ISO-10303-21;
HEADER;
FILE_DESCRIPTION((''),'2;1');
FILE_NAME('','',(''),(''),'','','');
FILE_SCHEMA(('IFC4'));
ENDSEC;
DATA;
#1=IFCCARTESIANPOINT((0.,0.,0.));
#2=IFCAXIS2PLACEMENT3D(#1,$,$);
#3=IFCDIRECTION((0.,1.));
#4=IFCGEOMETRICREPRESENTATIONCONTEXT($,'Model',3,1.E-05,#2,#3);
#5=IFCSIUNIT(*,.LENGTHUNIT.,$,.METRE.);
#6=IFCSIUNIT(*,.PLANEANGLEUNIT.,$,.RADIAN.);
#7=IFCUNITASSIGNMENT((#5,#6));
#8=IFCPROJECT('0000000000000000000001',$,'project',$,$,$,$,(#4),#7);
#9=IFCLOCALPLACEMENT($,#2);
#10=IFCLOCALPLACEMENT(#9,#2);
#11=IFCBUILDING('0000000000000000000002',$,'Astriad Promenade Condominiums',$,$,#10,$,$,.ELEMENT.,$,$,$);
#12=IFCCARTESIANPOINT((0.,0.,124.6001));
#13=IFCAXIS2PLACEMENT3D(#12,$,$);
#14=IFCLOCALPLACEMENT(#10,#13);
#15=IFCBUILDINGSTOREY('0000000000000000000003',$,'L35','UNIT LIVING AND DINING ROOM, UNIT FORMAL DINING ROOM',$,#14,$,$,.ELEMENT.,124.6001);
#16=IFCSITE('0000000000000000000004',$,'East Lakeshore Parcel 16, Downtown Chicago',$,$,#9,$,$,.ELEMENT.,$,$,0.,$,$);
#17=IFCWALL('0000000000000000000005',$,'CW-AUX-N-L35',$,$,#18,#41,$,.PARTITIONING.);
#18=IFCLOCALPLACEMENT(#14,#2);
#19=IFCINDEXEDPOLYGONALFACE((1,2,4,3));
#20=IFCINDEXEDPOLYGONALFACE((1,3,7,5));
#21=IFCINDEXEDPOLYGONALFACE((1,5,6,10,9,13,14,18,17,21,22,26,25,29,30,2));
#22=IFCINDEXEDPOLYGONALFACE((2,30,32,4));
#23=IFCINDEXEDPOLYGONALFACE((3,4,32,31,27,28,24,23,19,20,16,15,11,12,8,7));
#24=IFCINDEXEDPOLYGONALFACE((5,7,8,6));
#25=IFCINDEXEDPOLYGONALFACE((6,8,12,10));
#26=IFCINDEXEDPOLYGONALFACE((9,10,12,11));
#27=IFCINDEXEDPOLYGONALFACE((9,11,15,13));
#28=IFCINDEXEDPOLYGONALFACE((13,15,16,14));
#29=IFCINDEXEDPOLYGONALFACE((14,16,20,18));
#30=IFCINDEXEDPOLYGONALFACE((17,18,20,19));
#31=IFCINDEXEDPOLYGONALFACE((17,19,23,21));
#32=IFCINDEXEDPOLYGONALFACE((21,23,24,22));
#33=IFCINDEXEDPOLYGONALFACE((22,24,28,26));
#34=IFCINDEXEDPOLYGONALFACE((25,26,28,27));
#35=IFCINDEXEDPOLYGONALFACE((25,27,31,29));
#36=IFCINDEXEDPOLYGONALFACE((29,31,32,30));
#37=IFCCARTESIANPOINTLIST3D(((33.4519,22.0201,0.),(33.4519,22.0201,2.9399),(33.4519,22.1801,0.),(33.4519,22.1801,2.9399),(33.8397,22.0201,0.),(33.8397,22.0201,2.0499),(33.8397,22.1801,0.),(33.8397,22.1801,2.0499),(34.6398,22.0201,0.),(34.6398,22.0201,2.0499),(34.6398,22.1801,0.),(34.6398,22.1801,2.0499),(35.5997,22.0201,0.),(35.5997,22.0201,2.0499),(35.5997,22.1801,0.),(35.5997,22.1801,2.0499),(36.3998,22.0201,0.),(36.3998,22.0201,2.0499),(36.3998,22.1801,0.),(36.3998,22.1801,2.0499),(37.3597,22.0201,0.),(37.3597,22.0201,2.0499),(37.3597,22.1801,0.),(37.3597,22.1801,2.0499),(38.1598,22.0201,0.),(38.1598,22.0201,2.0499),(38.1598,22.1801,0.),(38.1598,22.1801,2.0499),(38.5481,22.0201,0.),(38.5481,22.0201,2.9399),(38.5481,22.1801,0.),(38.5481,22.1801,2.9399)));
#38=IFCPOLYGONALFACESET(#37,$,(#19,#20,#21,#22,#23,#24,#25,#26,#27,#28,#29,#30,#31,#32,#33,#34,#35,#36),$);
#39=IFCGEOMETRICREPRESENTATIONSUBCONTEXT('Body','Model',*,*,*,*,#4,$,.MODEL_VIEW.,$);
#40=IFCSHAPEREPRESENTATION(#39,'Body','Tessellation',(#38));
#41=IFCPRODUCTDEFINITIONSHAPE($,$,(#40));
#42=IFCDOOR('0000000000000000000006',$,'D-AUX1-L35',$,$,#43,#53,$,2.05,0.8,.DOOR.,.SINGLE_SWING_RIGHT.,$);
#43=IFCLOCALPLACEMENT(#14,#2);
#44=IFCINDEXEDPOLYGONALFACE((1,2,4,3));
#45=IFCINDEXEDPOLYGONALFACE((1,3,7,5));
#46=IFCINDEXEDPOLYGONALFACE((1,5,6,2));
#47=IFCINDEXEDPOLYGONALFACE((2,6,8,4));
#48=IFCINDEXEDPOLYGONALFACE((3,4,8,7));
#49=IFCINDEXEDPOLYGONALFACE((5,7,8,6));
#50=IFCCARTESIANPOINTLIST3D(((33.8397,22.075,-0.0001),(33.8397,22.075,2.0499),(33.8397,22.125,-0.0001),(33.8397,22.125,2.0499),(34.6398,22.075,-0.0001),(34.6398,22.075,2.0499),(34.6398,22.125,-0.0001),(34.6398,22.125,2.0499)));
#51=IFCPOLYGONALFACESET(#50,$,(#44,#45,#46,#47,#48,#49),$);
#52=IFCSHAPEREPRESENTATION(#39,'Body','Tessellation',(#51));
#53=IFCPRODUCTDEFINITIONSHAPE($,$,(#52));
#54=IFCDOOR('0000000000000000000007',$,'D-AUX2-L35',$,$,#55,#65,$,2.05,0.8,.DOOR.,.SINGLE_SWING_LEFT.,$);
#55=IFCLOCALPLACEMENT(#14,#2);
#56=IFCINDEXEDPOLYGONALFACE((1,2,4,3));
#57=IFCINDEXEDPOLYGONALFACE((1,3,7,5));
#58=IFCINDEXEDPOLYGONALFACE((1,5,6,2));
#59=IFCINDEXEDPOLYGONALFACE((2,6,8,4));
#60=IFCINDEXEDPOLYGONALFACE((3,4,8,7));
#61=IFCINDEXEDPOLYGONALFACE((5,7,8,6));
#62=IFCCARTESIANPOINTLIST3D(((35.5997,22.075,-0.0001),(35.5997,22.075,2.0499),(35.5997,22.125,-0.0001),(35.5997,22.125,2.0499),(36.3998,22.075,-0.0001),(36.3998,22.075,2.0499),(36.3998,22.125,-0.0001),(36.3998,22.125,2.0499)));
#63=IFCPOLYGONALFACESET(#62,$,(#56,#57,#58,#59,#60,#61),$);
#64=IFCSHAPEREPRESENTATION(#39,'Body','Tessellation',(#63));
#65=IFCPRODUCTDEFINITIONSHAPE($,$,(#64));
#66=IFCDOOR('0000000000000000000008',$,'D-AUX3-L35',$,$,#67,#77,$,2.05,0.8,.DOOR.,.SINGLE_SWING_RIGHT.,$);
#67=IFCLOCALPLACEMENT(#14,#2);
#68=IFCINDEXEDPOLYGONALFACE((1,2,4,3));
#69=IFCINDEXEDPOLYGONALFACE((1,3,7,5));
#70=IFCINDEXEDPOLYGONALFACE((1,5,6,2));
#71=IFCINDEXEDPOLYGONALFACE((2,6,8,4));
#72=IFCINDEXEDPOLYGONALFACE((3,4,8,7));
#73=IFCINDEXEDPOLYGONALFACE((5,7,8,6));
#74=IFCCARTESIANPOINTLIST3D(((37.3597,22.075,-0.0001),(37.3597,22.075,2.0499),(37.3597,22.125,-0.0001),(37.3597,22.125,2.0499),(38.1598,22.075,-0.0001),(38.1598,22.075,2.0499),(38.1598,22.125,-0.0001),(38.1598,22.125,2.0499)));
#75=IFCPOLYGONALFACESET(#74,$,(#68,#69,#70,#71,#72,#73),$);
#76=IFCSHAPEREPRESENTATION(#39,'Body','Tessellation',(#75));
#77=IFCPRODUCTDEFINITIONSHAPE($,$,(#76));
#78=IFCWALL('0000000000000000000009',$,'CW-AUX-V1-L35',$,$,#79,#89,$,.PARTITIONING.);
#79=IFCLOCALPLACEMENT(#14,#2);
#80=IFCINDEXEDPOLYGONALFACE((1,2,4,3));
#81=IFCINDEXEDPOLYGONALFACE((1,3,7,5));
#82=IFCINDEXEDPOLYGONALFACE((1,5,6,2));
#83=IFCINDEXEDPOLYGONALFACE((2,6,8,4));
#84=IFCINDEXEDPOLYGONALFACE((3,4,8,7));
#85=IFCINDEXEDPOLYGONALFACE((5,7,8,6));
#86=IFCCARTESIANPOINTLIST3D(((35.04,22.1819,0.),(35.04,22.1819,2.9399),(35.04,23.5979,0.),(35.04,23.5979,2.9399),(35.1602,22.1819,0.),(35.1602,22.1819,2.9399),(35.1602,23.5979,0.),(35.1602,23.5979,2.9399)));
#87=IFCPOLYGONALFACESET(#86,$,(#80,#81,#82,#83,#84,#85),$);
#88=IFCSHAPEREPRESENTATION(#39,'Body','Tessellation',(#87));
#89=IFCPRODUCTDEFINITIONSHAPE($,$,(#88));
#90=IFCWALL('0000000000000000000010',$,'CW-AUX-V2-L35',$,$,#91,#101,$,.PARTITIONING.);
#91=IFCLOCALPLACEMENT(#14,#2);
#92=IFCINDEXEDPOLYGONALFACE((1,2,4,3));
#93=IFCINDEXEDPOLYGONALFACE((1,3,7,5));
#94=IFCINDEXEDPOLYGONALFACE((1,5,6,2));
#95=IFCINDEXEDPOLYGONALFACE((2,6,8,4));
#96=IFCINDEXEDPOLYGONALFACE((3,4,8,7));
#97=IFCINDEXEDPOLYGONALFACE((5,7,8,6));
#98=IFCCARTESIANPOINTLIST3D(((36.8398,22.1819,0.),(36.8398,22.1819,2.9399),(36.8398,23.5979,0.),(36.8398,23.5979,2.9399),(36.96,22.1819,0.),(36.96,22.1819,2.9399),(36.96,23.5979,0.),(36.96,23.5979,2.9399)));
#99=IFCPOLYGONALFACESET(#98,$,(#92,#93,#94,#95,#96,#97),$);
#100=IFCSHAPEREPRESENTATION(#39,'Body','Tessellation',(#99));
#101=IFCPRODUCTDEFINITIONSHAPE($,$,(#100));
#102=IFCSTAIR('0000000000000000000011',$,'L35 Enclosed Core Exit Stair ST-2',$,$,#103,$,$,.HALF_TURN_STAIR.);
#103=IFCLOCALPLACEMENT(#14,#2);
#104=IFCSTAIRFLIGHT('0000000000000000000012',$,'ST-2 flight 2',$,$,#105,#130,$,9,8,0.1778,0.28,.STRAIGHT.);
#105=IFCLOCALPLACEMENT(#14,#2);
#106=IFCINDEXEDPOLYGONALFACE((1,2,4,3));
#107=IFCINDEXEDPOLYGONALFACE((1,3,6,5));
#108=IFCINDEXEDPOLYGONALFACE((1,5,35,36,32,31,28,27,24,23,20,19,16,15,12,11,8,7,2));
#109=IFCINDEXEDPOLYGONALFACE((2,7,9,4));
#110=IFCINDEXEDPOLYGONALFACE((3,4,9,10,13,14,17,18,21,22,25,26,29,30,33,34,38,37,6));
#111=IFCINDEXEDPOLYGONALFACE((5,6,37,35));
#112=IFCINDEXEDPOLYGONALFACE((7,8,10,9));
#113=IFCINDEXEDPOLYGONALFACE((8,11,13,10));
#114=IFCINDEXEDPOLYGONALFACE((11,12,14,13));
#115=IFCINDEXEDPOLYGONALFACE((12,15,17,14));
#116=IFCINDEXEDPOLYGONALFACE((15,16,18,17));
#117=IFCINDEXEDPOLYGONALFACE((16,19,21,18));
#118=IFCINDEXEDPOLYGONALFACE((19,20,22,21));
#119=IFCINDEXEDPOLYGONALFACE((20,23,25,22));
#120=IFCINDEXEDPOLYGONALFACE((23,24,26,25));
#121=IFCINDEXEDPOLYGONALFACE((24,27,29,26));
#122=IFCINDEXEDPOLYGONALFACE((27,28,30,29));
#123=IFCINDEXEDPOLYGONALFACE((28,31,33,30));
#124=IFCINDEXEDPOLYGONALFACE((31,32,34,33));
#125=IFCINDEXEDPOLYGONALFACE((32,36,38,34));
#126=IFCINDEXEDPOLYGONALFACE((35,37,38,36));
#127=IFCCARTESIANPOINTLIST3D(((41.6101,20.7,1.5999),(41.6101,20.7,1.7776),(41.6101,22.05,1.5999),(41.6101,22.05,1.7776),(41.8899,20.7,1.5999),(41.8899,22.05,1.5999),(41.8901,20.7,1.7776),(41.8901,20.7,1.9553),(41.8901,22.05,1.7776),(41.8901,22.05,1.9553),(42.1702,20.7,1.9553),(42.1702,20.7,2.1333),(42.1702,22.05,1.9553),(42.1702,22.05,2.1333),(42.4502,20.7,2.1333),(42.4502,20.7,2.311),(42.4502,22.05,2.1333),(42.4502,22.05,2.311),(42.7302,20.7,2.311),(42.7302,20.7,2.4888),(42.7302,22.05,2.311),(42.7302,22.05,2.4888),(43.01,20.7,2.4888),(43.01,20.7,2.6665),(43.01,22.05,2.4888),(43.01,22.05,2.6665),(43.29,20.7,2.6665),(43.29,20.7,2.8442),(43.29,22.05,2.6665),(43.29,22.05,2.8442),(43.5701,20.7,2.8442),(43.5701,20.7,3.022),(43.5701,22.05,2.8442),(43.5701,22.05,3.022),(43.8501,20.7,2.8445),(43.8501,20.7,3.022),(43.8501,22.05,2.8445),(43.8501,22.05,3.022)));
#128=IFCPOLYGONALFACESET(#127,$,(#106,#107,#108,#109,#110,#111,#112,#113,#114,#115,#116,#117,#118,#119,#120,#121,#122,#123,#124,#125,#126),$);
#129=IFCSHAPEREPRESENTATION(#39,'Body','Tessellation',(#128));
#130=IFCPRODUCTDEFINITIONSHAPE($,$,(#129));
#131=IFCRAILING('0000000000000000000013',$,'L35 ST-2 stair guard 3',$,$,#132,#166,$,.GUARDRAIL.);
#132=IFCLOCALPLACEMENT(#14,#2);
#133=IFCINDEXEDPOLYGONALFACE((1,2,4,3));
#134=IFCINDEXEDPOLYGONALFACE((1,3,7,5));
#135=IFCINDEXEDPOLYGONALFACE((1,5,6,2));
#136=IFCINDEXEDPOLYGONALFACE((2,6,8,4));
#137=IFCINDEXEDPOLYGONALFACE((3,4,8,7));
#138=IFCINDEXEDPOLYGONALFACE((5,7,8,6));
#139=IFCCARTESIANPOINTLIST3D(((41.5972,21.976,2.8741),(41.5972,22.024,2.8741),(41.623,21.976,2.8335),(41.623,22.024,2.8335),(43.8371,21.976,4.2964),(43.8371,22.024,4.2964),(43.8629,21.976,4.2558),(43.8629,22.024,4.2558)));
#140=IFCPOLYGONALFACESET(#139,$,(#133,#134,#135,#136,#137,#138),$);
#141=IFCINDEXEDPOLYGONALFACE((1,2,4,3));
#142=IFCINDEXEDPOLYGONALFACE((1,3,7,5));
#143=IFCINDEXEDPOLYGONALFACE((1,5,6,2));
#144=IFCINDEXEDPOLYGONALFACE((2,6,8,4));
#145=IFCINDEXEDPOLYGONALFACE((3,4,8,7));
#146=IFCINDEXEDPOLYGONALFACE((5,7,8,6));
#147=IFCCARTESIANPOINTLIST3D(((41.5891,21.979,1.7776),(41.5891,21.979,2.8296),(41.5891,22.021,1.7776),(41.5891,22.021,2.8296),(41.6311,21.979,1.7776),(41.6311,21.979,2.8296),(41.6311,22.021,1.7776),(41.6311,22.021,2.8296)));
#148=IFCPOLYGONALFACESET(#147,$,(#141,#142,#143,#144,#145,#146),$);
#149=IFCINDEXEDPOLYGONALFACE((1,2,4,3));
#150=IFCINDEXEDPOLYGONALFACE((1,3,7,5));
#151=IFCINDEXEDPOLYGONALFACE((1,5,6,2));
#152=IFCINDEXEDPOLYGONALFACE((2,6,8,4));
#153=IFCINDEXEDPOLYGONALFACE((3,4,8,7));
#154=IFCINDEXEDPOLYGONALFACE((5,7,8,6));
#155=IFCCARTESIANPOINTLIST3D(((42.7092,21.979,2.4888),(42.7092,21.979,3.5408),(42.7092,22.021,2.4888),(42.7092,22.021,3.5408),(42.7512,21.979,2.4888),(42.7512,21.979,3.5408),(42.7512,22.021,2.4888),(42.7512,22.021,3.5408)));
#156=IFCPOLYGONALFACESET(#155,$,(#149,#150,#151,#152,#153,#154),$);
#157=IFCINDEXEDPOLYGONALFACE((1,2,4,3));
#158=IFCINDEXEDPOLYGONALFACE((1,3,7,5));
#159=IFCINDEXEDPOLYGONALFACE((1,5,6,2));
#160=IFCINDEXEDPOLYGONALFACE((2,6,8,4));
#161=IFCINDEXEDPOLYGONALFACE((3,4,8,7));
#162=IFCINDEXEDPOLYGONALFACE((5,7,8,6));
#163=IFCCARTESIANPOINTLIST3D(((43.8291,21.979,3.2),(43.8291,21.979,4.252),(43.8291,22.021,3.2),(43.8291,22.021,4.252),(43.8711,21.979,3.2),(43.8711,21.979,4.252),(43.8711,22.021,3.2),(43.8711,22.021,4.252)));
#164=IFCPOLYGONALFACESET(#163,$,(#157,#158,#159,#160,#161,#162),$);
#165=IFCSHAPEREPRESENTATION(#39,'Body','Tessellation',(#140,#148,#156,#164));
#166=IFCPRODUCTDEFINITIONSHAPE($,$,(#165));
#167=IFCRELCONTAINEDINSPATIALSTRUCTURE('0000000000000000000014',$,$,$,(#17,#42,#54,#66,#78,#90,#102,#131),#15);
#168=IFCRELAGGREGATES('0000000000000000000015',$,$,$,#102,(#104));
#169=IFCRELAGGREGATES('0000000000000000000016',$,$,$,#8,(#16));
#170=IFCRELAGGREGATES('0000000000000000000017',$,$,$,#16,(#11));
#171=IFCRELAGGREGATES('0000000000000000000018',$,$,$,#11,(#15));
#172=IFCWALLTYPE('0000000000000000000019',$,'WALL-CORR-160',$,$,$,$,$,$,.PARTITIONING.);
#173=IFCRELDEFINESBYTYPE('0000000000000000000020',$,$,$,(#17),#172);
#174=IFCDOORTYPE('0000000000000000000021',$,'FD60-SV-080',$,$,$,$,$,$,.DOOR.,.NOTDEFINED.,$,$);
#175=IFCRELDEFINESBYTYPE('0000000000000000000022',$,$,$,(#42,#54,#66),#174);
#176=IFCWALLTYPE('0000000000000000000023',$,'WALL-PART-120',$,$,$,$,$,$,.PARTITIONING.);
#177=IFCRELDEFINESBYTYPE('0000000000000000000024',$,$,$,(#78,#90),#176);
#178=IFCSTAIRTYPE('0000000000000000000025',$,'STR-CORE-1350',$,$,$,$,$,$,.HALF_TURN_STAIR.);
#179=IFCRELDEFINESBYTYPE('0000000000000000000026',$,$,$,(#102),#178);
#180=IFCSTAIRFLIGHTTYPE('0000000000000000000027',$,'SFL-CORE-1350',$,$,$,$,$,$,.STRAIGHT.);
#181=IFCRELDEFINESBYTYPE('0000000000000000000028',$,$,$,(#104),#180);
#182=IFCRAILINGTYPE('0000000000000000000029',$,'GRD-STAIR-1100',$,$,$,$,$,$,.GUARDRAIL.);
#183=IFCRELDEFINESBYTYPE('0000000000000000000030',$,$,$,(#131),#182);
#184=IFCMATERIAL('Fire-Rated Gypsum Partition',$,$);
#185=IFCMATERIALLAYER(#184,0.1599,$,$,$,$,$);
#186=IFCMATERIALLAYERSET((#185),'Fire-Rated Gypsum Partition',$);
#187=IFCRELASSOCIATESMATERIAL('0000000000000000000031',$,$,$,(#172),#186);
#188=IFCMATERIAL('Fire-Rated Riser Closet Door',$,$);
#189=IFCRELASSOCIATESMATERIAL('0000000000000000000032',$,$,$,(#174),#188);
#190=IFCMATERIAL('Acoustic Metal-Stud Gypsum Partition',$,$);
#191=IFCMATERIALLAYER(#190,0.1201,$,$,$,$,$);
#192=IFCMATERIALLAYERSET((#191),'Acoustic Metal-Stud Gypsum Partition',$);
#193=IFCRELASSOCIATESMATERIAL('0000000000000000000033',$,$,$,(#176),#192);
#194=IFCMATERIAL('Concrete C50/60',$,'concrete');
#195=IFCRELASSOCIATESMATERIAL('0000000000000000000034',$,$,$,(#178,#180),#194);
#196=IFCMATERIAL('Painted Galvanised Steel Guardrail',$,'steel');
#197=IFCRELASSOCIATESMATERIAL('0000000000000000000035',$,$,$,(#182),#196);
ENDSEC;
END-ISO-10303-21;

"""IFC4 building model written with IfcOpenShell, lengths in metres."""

from ifc_helpers import new_model, si_unit, direction, frame, frame_2d, origin, origin_2d, place, context, subcontext, project, spatial, polyline, rectangle, outline, extrude, source, transform, mapped, material, layer, layer_set, type_object, type_shapes, element, fill, aggregate, save


model = new_model("IFC4")

# Units and contexts
model_context = context("Model", 3, precision=1e-05, world=origin(), true_north=direction((0.0, 1.0)))
body_context = subcontext(model_context, "Body", "Model", "MODEL_VIEW")
ifc_project = project(units=[si_unit("LENGTHUNIT", "METRE"), si_unit("PLANEANGLEUNIT", "RADIAN")], contexts=[model_context])

# Site, building, storey
site_placement = place(None, origin())
site = spatial("IfcSite", under=ifc_project, at=site_placement, Name="East Lakeshore Parcel 16, Downtown Chicago", CompositionType="ELEMENT", RefElevation=0.0)
building_placement = place(site_placement, origin())
building = spatial("IfcBuilding", under=site, at=building_placement, Name="Astriad Promenade Condominiums", CompositionType="ELEMENT")
storey_placement = place(building_placement, frame((0.0, 0.0, 124.6001)))
storey = spatial("IfcBuildingStorey", under=building, at=storey_placement, Name="L35", Description="UNIT LIVING AND DINING ROOM, UNIT FORMAL DINING ROOM", CompositionType="ELEMENT", Elevation=124.6001)

# Shared definitions
ifc_material_1 = material(Name="Concrete C50/60", Category="concrete")

# Shared definitions
ifc_material_2 = material(Name="Fire-Rated Gypsum Partition")
ifc_layer_1 = layer(ifc_material_2, 0.1599)
ifc_layer_set_1 = layer_set([ifc_layer_1], Name="Fire-Rated Gypsum Partition")
wall_type_1 = type_object("IfcWallType", Name="WALL-CORR-160", PredefinedType="PARTITIONING", material=ifc_layer_set_1)

# Wall, openings, doors
wall_1_placement = place(storey_placement, frame((33.4519, 22.1001, 0.0), z_axis=(0.0, 0.0, 1.0), x_axis=(1.0, 0.0, 0.0)))
wall_1 = element("IfcWall", 1, at=wall_1_placement, inside=storey, type_object=wall_type_1, Name="CW-AUX-N-L35", PredefinedType="PARTITIONING", context=body_context, shape_type="SweptSolid", body=[
    extrude(rectangle(XDim=5.0962, YDim=0.1599, at=frame_2d((2.5481, 0.0))), origin(), (0.0, 0.0, 1.0), 2.9399),
])
opening_1_placement = place(wall_1_placement, frame((0.3879, 0.0, 0.0)))
opening_1 = element("IfcOpeningElement", 2, at=opening_1_placement, cuts=wall_1, PredefinedType="OPENING", context=body_context, shape_type="SweptSolid", body=[
    extrude(rectangle(XDim=0.8, YDim=2.05, at=frame_2d((0.3999, 1.0249))), frame((0.0, 0.0898, 0.0), z_axis=(0.0, -1.0, 0.0), x_axis=(1.0, 0.0, 0.0)), (0.0, 0.0, 1.0), 0.1799),
])
opening_2_placement = place(wall_1_placement, frame((2.1479, 0.0, 0.0)))
opening_2 = element("IfcOpeningElement", 3, at=opening_2_placement, cuts=wall_1, PredefinedType="OPENING", context=body_context, shape_type="SweptSolid", body=[
    extrude(rectangle(XDim=0.8, YDim=2.05, at=frame_2d((0.3999, 1.0249))), frame((0.0, 0.0898, 0.0), z_axis=(0.0, -1.0, 0.0), x_axis=(1.0, 0.0, 0.0)), (0.0, 0.0, 1.0), 0.1799),
])
opening_3_placement = place(wall_1_placement, frame((3.908, 0.0, 0.0)))
opening_3 = element("IfcOpeningElement", 4, at=opening_3_placement, cuts=wall_1, PredefinedType="OPENING", context=body_context, shape_type="SweptSolid", body=[
    extrude(rectangle(XDim=0.8, YDim=2.05, at=frame_2d((0.3999, 1.0249))), frame((0.0, 0.0898, 0.0), z_axis=(0.0, -1.0, 0.0), x_axis=(1.0, 0.0, 0.0)), (0.0, 0.0, 1.0), 0.1799),
])
ifc_material_3 = material(Name="Fire-Rated Riser Closet Door")
door_type_1 = type_object("IfcDoorType", Name="FD60-SV-080", OperationType="NOTDEFINED", PredefinedType="DOOR", material=ifc_material_3)
shared_shape_1 = source(origin(), body_context, "Body", "SweptSolid", [
    extrude(rectangle(XDim=0.8, YDim=2.05, at=frame_2d((0.3999, 1.0249))), frame((0.0, 0.0249, 0.0), z_axis=(0.0, -1.0, 0.0), x_axis=(1.0, 0.0, 0.0)), (0.0, 0.0, 1.0), 0.05),
])
type_shapes(door_type_1, [shared_shape_1])
door_1_placement = place(opening_1_placement, origin())
door_1 = element("IfcDoor", 5, at=door_1_placement, inside=storey, type_object=door_type_1, Name="D-AUX1-L35", OperationType="SINGLE_SWING_RIGHT", OverallHeight=2.05, OverallWidth=0.8, PredefinedType="DOOR", context=body_context, shape_type="MappedRepresentation", body=[
    mapped(shared_shape_1, transform((0.0, 0.0, 0.0), scale=1.0)),
])
fill(opening_1, door_1)
door_2_placement = place(opening_2_placement, origin())
door_2 = element("IfcDoor", 6, at=door_2_placement, inside=storey, type_object=door_type_1, Name="D-AUX2-L35", OperationType="SINGLE_SWING_LEFT", OverallHeight=2.05, OverallWidth=0.8, PredefinedType="DOOR", context=body_context, shape_type="MappedRepresentation", body=[
    mapped(shared_shape_1, transform((0.0, 0.0, 0.0), scale=1.0)),
])
fill(opening_2, door_2)
door_3_placement = place(opening_3_placement, origin())
door_3 = element("IfcDoor", 7, at=door_3_placement, inside=storey, type_object=door_type_1, Name="D-AUX3-L35", OperationType="SINGLE_SWING_RIGHT", OverallHeight=2.05, OverallWidth=0.8, PredefinedType="DOOR", context=body_context, shape_type="MappedRepresentation", body=[
    mapped(shared_shape_1, transform((0.0, 0.0, 0.0), scale=1.0)),
])
fill(opening_3, door_3)

# Walls
ifc_material_4 = material(Name="Acoustic Metal-Stud Gypsum Partition")
ifc_layer_2 = layer(ifc_material_4, 0.1201)
ifc_layer_set_2 = layer_set([ifc_layer_2], Name="Acoustic Metal-Stud Gypsum Partition")
wall_type_2 = type_object("IfcWallType", Name="WALL-PART-120", PredefinedType="PARTITIONING", material=ifc_layer_set_2)
for number, where, z_axis, x_axis, name in (
    (8, (35.1001, 22.1819, 0.0), (0.0, 0.0, 1.0), (0.0, 1.0, 0.0), "CW-AUX-V1-L35"),
    (9, (36.8999, 22.1819, 0.0), (0.0, 0.0, 1.0), (0.0, 1.0, 0.0), "CW-AUX-V2-L35"),
):
    element("IfcWall", number, at=place(storey_placement, frame(where, z_axis=z_axis, x_axis=x_axis)), inside=storey, type_object=wall_type_2, Name=name, PredefinedType="PARTITIONING", context=body_context, shape_type="SweptSolid", body=[
        extrude(rectangle(XDim=1.416, YDim=0.1201, at=frame_2d((0.708, 0.0))), origin(), (0.0, 0.0, 1.0), 2.9399),
    ])

# Stair, stair flight
stair_type = type_object("IfcStairType", Name="STR-CORE-1350", PredefinedType="HALF_TURN_STAIR", material=ifc_material_1)
stair_placement = place(storey_placement, origin())
stair = element("IfcStair", 10, at=stair_placement, inside=storey, type_object=stair_type, Name="L35 Enclosed Core Exit Stair ST-2", PredefinedType="HALF_TURN_STAIR")
stair_flight_type = type_object("IfcStairFlightType", Name="SFL-CORE-1350", PredefinedType="STRAIGHT", material=ifc_material_1)
shared_shape_2 = source(origin(), body_context, "Body", "SweptSolid", [
    extrude(outline(polyline([(0.0, 0.0), (0.0, 0.1777), (0.28, 0.1777), (0.28, 0.3555), (0.5601, 0.3555), (0.5601, 0.5334), (0.8401, 0.5334), (0.8401, 0.7112), (1.1201, 0.7112), (1.1201, 0.8889), (1.3999, 0.8889), (1.3999, 1.0667), (1.6799, 1.0667), (1.6799, 1.2444), (1.96, 1.2444), (1.96, 1.4221), (2.24, 1.4221), (2.24, 1.6001), (2.24, 1.2446), (0.2798, 0.0), (0.0, 0.0)])), frame((0.0, 0.675, 0.0), z_axis=(0.0, -1.0, 0.0), x_axis=(1.0, 0.0, 0.0)), (0.0, 0.0, 1.0), 1.3501),
])
type_shapes(stair_flight_type, [shared_shape_2])
stair_flight_placement = place(storey_placement, frame((41.6101, 21.375, 1.5999), z_axis=(0.0, 0.0, 1.0), x_axis=(1.0, 0.0, 0.0)))
stair_flight = element("IfcStairFlight", 11, at=stair_flight_placement, type_object=stair_flight_type, Name="ST-2 flight 2", NumberOfRisers=9, NumberOfTreads=8, PredefinedType="STRAIGHT", RiserHeight=0.1778, TreadLength=0.28, context=body_context, shape_type="MappedRepresentation", body=[
    mapped(shared_shape_2, transform((0.0, 0.0, 0.0), scale=1.0)),
])
aggregate(stair, [stair_flight])

# Railing
ifc_material_5 = material(Name="Painted Galvanised Steel Guardrail", Category="steel")
railing_type_1 = type_object("IfcRailingType", Name="GRD-STAIR-1100", PredefinedType="GUARDRAIL", material=ifc_material_5)
shared_shape_3 = source(origin(), body_context, "Body", "SweptSolid", [
    extrude(rectangle(XDim=0.0481, YDim=0.0481, at=origin_2d()), frame((0.0, 0.0, 1.0762), z_axis=(0.844188, 0.0, 0.536048), x_axis=(0.0, 1.0, 0.0)), (0.0, 0.0, 1.0), 2.6533),
    extrude(rectangle(XDim=0.042, YDim=0.042, at=origin_2d()), origin(), (0.0, 0.0, 1.0), 1.052),
    extrude(rectangle(XDim=0.042, YDim=0.042, at=origin_2d()), frame((1.1201, 0.0, 0.7112)), (0.0, 0.0, 1.0), 1.052),
    extrude(rectangle(XDim=0.042, YDim=0.042, at=origin_2d()), frame((2.24, 0.0, 1.4224)), (0.0, 0.0, 1.0), 1.052),
])
railing_1_placement = place(storey_placement, frame((41.6101, 22.0, 1.7776)))
element("IfcRailing", 12, at=railing_1_placement, inside=storey, type_object=railing_type_1, Name="L35 ST-2 stair guard 3", PredefinedType="GUARDRAIL", context=body_context, shape_type="MappedRepresentation", body=[
    mapped(shared_shape_3, transform((0.0, 0.0, 0.0), scale=1.0)),
])

save(model, "model.ifc")
